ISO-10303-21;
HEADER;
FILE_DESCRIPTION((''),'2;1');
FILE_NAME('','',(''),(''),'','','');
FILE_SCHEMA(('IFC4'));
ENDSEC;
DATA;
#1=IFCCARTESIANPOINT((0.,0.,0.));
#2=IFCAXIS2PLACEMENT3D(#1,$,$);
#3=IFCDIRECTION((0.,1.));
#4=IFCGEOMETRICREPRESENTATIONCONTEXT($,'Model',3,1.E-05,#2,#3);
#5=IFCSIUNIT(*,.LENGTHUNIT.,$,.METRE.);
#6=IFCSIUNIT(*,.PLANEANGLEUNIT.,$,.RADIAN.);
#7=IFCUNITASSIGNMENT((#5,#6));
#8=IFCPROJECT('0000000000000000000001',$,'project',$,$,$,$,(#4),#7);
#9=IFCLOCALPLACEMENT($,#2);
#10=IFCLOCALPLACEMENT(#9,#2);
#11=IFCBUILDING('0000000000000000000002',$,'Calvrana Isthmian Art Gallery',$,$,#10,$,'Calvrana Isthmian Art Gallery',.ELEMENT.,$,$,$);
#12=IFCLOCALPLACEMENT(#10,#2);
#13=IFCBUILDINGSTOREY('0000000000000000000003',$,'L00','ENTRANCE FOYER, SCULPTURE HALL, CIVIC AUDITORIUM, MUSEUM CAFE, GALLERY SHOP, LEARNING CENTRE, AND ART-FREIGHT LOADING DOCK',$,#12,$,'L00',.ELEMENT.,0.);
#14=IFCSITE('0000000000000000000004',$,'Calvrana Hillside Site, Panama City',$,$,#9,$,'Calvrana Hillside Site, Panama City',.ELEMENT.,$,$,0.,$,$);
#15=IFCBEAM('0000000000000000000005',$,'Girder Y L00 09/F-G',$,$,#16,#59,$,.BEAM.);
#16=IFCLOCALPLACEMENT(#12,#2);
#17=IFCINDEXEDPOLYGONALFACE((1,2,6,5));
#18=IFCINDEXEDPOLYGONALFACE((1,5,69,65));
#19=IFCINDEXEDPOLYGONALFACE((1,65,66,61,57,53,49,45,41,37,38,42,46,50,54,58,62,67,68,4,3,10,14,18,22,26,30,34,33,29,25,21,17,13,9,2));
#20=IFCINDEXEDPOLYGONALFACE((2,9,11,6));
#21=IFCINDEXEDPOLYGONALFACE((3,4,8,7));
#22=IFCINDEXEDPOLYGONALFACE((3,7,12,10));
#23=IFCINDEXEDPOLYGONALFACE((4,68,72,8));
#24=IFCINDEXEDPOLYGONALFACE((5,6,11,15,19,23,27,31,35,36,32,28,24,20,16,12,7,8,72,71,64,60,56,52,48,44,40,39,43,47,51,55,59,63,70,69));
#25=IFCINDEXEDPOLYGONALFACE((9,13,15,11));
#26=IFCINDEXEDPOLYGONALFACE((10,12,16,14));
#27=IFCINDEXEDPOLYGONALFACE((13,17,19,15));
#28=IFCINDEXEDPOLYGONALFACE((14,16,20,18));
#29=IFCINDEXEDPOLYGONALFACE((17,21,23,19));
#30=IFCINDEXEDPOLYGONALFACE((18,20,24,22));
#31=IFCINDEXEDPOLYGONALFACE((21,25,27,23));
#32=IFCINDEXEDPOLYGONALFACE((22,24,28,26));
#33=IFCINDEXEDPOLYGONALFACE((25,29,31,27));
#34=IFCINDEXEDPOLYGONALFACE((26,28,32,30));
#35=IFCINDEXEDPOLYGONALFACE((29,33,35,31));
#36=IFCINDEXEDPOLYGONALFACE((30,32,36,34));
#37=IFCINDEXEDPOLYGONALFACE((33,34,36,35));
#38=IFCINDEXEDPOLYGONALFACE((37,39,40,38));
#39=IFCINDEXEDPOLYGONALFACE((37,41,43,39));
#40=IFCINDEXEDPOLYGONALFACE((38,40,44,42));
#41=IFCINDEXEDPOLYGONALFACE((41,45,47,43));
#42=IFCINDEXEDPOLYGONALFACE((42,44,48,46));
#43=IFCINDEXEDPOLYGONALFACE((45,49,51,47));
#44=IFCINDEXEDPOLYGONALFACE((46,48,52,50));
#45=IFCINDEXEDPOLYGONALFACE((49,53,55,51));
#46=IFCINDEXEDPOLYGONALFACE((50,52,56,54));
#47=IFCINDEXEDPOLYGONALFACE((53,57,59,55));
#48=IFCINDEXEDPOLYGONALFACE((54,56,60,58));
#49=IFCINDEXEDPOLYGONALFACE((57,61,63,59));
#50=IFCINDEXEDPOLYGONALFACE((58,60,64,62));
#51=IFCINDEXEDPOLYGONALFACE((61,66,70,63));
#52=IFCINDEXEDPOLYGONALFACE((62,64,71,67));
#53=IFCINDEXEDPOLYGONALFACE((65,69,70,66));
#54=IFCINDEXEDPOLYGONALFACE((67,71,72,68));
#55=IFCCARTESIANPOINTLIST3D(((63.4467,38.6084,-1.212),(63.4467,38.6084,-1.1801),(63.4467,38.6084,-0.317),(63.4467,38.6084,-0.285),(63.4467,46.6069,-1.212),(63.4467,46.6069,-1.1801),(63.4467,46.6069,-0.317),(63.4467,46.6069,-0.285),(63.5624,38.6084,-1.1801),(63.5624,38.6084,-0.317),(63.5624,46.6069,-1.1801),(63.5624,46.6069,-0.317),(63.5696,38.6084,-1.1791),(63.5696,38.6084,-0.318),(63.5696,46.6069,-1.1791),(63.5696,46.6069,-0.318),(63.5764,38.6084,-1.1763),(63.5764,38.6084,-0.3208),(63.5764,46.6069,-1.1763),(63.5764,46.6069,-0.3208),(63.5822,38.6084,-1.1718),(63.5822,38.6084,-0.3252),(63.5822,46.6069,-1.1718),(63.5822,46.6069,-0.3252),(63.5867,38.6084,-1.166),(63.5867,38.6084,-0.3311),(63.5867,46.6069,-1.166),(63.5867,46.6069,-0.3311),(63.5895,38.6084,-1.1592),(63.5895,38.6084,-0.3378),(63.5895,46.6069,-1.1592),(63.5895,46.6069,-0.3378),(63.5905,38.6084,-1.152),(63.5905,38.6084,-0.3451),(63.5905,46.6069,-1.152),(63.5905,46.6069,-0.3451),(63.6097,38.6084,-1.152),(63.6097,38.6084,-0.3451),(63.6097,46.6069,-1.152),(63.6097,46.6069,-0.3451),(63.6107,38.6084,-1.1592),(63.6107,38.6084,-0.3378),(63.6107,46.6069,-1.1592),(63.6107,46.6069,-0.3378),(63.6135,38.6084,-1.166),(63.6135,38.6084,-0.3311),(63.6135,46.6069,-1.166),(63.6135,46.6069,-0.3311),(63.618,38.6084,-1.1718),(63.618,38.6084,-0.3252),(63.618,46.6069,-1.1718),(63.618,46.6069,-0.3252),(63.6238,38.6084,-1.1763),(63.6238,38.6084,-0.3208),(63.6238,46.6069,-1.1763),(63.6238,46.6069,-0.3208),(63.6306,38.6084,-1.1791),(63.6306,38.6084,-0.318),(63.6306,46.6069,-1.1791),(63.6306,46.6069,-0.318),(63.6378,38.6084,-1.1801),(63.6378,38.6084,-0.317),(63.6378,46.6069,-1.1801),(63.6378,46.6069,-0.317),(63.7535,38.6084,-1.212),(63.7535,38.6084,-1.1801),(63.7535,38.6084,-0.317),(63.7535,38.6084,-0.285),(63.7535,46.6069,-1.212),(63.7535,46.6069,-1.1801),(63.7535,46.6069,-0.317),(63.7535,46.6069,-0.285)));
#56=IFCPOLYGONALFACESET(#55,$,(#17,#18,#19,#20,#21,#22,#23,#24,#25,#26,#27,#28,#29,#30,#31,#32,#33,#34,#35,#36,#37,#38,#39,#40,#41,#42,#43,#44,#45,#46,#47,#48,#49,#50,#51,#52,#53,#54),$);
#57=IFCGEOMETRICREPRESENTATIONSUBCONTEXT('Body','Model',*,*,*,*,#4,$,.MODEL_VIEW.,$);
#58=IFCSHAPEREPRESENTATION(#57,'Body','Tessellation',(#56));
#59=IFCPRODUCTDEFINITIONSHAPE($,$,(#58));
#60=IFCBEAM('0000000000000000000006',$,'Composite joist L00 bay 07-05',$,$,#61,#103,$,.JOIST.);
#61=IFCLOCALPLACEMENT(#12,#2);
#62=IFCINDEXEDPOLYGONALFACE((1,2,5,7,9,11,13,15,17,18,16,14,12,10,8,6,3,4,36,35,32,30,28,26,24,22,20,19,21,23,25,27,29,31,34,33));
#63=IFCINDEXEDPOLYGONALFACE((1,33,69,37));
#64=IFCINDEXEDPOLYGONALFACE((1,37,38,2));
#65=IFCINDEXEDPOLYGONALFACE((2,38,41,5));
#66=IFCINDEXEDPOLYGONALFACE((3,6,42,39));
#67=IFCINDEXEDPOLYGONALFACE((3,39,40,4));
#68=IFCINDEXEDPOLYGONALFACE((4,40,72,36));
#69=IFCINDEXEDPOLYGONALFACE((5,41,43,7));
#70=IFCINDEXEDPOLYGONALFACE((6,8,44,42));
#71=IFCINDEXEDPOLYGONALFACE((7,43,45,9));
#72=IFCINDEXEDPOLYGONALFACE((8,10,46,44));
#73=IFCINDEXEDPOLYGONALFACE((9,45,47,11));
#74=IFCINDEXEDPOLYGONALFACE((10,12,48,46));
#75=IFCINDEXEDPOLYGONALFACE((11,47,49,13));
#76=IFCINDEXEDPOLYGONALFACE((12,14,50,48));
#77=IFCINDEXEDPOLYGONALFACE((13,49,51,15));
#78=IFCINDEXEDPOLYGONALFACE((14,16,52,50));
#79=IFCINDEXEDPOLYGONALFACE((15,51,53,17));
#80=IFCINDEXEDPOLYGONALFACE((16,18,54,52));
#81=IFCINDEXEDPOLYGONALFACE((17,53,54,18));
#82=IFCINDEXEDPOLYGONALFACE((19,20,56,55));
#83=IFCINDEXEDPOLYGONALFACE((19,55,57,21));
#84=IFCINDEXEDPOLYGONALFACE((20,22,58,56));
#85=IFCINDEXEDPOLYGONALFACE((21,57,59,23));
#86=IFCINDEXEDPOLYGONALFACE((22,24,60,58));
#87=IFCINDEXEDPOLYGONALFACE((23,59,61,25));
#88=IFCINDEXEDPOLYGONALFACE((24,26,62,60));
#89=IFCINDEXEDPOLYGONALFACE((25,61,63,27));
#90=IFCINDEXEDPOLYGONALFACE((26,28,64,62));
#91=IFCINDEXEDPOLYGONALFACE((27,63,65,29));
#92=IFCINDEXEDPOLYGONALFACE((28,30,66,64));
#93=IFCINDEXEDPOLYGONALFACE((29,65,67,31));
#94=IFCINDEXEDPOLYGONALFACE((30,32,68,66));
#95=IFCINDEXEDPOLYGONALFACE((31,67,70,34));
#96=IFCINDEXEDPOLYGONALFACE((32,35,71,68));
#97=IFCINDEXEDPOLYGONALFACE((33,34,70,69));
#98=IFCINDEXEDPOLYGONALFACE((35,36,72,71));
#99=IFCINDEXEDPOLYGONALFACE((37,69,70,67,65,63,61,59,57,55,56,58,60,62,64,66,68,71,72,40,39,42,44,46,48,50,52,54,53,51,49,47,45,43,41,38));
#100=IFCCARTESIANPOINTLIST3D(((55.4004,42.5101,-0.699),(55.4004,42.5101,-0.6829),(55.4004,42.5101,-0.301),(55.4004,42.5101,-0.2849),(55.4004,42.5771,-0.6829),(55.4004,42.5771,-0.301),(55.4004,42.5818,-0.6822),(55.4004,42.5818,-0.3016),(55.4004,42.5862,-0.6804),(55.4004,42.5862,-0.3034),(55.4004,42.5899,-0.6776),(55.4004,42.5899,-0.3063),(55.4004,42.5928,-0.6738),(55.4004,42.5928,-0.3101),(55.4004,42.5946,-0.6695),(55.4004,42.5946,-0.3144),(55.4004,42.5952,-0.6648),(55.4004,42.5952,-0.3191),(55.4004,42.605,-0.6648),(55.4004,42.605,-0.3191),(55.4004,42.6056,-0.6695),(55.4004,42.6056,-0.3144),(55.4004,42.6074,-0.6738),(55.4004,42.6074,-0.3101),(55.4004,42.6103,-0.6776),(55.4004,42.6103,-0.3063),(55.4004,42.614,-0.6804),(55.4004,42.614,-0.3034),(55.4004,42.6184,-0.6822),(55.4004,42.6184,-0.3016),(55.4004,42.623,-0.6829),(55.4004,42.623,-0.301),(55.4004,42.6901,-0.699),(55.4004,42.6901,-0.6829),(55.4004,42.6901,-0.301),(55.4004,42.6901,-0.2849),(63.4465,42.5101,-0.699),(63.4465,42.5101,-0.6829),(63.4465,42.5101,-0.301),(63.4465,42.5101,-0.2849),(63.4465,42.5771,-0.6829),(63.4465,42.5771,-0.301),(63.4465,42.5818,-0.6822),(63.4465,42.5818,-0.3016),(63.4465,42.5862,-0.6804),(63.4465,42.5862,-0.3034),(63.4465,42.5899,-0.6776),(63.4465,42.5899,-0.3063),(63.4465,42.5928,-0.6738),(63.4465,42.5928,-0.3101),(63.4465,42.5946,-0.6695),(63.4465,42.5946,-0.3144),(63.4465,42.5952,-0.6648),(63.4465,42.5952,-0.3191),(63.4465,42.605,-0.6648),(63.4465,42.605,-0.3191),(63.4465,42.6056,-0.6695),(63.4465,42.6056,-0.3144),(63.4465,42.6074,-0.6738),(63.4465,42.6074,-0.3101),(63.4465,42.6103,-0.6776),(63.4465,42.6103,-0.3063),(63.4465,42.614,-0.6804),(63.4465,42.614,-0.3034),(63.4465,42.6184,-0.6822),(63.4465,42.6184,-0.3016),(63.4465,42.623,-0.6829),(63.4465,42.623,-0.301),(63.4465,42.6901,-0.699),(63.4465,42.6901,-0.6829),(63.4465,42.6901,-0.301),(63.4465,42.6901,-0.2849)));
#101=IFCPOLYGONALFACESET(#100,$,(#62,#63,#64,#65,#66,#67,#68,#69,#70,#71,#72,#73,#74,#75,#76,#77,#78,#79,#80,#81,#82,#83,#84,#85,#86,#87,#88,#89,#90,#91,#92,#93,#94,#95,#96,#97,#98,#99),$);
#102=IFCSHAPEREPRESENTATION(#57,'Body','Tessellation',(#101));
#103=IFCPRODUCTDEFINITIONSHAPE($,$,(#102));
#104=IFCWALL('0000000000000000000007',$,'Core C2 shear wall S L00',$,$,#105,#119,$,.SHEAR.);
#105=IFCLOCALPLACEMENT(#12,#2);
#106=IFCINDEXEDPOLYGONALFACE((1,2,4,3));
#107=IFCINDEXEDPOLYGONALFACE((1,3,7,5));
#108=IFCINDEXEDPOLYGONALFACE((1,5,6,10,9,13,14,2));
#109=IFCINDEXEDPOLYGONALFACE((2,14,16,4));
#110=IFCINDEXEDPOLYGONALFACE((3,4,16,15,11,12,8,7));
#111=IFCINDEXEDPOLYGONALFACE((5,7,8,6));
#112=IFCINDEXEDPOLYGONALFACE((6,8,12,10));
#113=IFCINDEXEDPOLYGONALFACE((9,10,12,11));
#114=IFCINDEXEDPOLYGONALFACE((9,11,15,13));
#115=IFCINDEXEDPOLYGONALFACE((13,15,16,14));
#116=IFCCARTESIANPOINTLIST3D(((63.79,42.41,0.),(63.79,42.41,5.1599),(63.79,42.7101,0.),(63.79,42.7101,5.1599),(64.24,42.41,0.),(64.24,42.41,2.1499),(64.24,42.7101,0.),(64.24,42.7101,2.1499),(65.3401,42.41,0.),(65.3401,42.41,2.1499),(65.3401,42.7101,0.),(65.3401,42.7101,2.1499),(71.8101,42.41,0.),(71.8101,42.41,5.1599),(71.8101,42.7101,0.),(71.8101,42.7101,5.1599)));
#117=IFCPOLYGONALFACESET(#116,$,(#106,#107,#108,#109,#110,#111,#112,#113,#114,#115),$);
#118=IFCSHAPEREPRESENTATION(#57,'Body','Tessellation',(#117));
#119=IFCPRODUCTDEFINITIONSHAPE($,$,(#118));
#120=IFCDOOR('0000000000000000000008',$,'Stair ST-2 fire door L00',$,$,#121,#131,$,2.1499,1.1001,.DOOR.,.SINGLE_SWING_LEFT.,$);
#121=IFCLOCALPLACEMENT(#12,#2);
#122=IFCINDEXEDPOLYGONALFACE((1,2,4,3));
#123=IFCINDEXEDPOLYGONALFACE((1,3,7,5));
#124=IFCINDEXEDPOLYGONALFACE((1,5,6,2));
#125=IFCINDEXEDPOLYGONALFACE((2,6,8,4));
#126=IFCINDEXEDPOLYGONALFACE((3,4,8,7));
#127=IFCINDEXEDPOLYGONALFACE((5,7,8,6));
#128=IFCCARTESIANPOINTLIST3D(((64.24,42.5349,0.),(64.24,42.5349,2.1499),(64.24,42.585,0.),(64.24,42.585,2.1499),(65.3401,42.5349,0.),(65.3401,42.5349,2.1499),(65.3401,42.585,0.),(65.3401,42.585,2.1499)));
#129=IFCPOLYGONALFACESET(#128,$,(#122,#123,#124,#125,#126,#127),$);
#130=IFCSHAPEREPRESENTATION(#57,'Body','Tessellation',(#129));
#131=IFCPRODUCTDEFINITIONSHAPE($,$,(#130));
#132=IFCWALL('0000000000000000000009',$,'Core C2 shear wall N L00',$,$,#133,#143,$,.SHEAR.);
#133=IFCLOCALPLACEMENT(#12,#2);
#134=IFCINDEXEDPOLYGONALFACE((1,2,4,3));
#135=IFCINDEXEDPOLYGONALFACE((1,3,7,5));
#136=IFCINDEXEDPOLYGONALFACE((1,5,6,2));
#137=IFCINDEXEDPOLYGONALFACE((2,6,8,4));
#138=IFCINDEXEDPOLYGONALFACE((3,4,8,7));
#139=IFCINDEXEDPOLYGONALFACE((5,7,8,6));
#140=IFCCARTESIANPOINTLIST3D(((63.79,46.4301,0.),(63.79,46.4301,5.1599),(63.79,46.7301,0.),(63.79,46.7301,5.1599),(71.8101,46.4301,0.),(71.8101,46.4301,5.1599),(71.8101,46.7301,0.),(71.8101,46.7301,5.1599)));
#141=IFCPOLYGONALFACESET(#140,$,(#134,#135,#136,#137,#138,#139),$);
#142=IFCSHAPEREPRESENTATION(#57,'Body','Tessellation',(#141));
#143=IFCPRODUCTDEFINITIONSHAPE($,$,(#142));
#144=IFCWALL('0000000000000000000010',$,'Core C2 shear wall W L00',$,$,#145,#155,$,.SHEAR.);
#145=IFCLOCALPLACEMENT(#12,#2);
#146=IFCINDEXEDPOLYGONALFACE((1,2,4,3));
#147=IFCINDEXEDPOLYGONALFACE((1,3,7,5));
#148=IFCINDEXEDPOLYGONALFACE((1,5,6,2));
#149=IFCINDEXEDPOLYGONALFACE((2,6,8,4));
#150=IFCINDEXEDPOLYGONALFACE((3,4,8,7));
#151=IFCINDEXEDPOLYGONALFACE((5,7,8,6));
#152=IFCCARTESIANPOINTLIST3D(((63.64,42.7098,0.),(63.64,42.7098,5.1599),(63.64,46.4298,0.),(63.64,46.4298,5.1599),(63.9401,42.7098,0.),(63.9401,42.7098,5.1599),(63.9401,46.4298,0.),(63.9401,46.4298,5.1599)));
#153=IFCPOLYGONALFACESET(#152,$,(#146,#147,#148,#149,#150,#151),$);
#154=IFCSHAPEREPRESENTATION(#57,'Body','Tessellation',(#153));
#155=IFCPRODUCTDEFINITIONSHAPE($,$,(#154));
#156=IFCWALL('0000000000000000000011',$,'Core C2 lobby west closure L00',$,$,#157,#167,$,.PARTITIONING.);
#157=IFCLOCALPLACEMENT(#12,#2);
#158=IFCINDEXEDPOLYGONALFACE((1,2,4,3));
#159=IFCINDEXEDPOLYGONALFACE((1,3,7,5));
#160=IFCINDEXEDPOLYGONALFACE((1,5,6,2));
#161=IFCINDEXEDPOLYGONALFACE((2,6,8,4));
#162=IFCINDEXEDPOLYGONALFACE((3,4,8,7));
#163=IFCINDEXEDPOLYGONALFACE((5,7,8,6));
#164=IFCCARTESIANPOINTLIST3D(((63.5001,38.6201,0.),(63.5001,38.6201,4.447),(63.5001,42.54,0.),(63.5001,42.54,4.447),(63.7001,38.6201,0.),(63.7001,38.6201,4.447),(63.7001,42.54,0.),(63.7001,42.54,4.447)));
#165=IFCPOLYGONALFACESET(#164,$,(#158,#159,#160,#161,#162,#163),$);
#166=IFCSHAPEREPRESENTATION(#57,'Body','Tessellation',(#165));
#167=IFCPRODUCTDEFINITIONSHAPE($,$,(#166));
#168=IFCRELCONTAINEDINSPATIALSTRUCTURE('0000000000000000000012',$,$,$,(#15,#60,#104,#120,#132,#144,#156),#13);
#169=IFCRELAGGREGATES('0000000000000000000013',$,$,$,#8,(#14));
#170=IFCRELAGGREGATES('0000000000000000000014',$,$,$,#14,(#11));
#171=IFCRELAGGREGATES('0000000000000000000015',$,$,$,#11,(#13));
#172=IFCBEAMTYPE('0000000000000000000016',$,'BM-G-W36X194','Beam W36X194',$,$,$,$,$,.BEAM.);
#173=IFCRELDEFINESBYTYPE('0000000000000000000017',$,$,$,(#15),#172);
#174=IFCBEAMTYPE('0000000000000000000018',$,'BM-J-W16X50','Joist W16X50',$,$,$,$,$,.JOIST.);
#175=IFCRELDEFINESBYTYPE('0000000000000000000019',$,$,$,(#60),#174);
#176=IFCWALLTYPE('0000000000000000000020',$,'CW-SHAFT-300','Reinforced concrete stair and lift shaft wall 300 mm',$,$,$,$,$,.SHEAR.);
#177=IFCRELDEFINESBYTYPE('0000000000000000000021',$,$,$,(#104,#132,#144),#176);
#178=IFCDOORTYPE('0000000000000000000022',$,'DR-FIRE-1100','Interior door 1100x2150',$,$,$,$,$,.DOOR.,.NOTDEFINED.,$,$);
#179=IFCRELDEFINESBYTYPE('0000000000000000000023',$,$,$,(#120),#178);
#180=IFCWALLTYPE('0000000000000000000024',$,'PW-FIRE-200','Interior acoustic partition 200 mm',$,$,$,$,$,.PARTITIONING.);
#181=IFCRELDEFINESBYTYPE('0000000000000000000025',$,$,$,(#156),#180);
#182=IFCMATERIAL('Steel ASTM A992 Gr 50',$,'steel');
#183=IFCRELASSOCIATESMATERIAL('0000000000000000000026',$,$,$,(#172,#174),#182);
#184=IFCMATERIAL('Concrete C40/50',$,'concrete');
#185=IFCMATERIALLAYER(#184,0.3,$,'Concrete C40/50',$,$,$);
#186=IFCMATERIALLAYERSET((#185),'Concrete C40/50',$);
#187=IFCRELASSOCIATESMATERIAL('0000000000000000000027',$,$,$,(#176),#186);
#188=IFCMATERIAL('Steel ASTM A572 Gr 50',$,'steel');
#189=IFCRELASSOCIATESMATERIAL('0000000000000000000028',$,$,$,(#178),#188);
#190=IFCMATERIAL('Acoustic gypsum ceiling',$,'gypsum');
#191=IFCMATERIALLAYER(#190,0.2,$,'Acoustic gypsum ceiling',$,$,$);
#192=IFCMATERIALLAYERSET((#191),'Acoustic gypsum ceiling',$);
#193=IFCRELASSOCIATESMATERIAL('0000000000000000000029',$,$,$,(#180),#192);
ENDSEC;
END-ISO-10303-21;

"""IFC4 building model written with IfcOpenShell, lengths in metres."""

from ifc_helpers import new_model, si_unit, direction, frame, frame_2d, origin, origin_2d, place, context, subcontext, project, spatial, rectangle, i_section, extrude, material, layer, layer_set, material_profile, profile_set, type_object, element, fill, save


model = new_model("IFC4")

# Units and contexts
model_context = context("Model", 3, precision=1e-05, world=origin(), true_north=direction((0.0, 1.0)))
body_context = subcontext(model_context, "Body", "Model", "MODEL_VIEW")
ifc_project = project(units=[si_unit("LENGTHUNIT", "METRE"), si_unit("PLANEANGLEUNIT", "RADIAN")], contexts=[model_context])

# Site, building, storey
site_placement = place(None, origin())
site = spatial("IfcSite", under=ifc_project, at=site_placement, Name="Calvrana Hillside Site, Panama City", LongName="Calvrana Hillside Site, Panama City", CompositionType="ELEMENT", RefElevation=0.0)
building_placement = place(site_placement, origin())
building = spatial("IfcBuilding", under=site, at=building_placement, Name="Calvrana Isthmian Art Gallery", LongName="Calvrana Isthmian Art Gallery", CompositionType="ELEMENT")
storey_placement = place(building_placement, origin())
storey = spatial("IfcBuildingStorey", under=building, at=storey_placement, Name="L00", Description="ENTRANCE FOYER, SCULPTURE HALL, CIVIC AUDITORIUM, MUSEUM CAFE, GALLERY SHOP, LEARNING CENTRE, AND ART-FREIGHT LOADING DOCK", LongName="L00", CompositionType="ELEMENT", Elevation=0.0)

# Shared definitions
ifc_material_1 = material(Name="Steel ASTM A992 Gr 50", Category="steel")

# Beams
ifc_material_profile_1 = material_profile(ifc_material_1, i_section(OverallWidth=0.3069, OverallDepth=0.927, WebThickness=0.0193, FlangeThickness=0.032, FilletRadius=0.0281, at=origin_2d()), Name="W36X194")
ifc_profile_set_1 = profile_set([ifc_material_profile_1], Name="Steel ASTM A992 Gr 50")
beam_type_1 = type_object("IfcBeamType", Name="BM-G-W36X194", Description="Beam W36X194", PredefinedType="BEAM", material=ifc_profile_set_1)
beam_1_placement = place(storey_placement, frame((63.6001, 38.6084, -0.7485), z_axis=(0.0, 1.0, 0.0), x_axis=(-1.0, 0.0, 0.0)))
element("IfcBeam", 1, at=beam_1_placement, inside=storey, type_object=beam_type_1, Name="Girder Y L00 09/F-G", PredefinedType="BEAM", context=body_context, shape_type="SweptSolid", body=[
    extrude(i_section(OverallWidth=0.3069, OverallDepth=0.927, WebThickness=0.0193, FlangeThickness=0.032, FilletRadius=0.0281, at=origin_2d()), origin(), (0.0, 0.0, 1.0), 7.9985),
])
ifc_material_profile_2 = material_profile(ifc_material_1, i_section(OverallWidth=0.1799, OverallDepth=0.4141, WebThickness=0.0098, FlangeThickness=0.0161, FilletRadius=0.0181, at=origin_2d()), Name="W16X50")
ifc_profile_set_2 = profile_set([ifc_material_profile_2], Name="Steel ASTM A992 Gr 50")
beam_type_2 = type_object("IfcBeamType", Name="BM-J-W16X50", Description="Joist W16X50", PredefinedType="JOIST", material=ifc_profile_set_2)
beam_2_placement = place(storey_placement, frame((55.4004, 42.6001, -0.4919), z_axis=(1.0, 0.0, 0.0), x_axis=(0.0, 1.0, 0.0)))
element("IfcBeam", 2, at=beam_2_placement, inside=storey, type_object=beam_type_2, Name="Composite joist L00 bay 07-05", PredefinedType="JOIST", context=body_context, shape_type="SweptSolid", body=[
    extrude(i_section(OverallWidth=0.1799, OverallDepth=0.4141, WebThickness=0.0098, FlangeThickness=0.0161, FilletRadius=0.0181, at=origin_2d()), origin(), (0.0, 0.0, 1.0), 8.0461),
])

# Wall, opening, door
ifc_material_2 = material(Name="Concrete C40/50", Category="concrete")
ifc_layer_1 = layer(ifc_material_2, 0.3, Name="Concrete C40/50")
ifc_layer_set_1 = layer_set([ifc_layer_1], Name="Concrete C40/50")
wall_type_1 = type_object("IfcWallType", Name="CW-SHAFT-300", Description="Reinforced concrete stair and lift shaft wall 300 mm", PredefinedType="SHEAR", material=ifc_layer_set_1)
wall_1_placement = place(storey_placement, frame((63.79, 42.5601, 0.0), z_axis=(0.0, 0.0, 1.0), x_axis=(1.0, 0.0, 0.0)))
wall_1 = element("IfcWall", 3, at=wall_1_placement, inside=storey, type_object=wall_type_1, Name="Core C2 shear wall S L00", PredefinedType="SHEAR", context=body_context, shape_type="SweptSolid", body=[
    extrude(rectangle(XDim=8.02, YDim=0.3, at=frame_2d((4.01, 0.0))), origin(), (0.0, 0.0, 1.0), 5.1599),
])
opening_1_placement = place(wall_1_placement, frame((0.45, 0.0, 0.0)))
opening_1 = element("IfcOpeningElement", 4, at=opening_1_placement, cuts=wall_1, PredefinedType="OPENING", context=body_context, shape_type="SweptSolid", body=[
    extrude(rectangle(XDim=1.1001, YDim=2.1499, at=frame_2d((0.55, 1.075))), frame((0.0, 0.1602, 0.0), z_axis=(0.0, -1.0, 0.0), x_axis=(1.0, 0.0, 0.0)), (0.0, 0.0, 1.0), 0.3206),
])
ifc_material_3 = material(Name="Steel ASTM A572 Gr 50", Category="steel")
door_type_1 = type_object("IfcDoorType", Name="DR-FIRE-1100", Description="Interior door 1100x2150", OperationType="NOTDEFINED", PredefinedType="DOOR", material=ifc_material_3)
door_1_placement = place(opening_1_placement, origin())
door_1 = element("IfcDoor", 5, at=door_1_placement, inside=storey, type_object=door_type_1, Name="Stair ST-2 fire door L00", OperationType="SINGLE_SWING_LEFT", OverallHeight=2.1499, OverallWidth=1.1001, PredefinedType="DOOR", context=body_context, shape_type="SweptSolid", body=[
    extrude(rectangle(XDim=1.1001, YDim=2.1499, at=frame_2d((0.55, 1.075))), frame((0.0, 0.0249, 0.0), z_axis=(0.0, -1.0, 0.0), x_axis=(1.0, 0.0, 0.0)), (0.0, 0.0, 1.0), 0.05),
])
fill(opening_1, door_1)

# Walls
wall_2_placement = place(storey_placement, frame((63.79, 46.5801, 0.0), z_axis=(0.0, 0.0, 1.0), x_axis=(1.0, 0.0, 0.0)))
element("IfcWall", 6, at=wall_2_placement, inside=storey, type_object=wall_type_1, Name="Core C2 shear wall N L00", PredefinedType="SHEAR", context=body_context, shape_type="SweptSolid", body=[
    extrude(rectangle(XDim=8.02, YDim=0.3, at=frame_2d((4.01, 0.0))), origin(), (0.0, 0.0, 1.0), 5.1599),
])
wall_3_placement = place(storey_placement, frame((63.79, 42.71, 0.0), z_axis=(0.0, 0.0, 1.0), x_axis=(0.0, 1.0, 0.0)))
element("IfcWall", 7, at=wall_3_placement, inside=storey, type_object=wall_type_1, Name="Core C2 shear wall W L00", PredefinedType="SHEAR", context=body_context, shape_type="SweptSolid", body=[
    extrude(rectangle(XDim=3.72, YDim=0.3, at=frame_2d((1.8599, 0.0))), origin(), (0.0, 0.0, 1.0), 5.1599),
])
ifc_material_4 = material(Name="Acoustic gypsum ceiling", Category="gypsum")
ifc_layer_2 = layer(ifc_material_4, 0.2, Name="Acoustic gypsum ceiling")
ifc_layer_set_2 = layer_set([ifc_layer_2], Name="Acoustic gypsum ceiling")
wall_type_2 = type_object("IfcWallType", Name="PW-FIRE-200", Description="Interior acoustic partition 200 mm", PredefinedType="PARTITIONING", material=ifc_layer_set_2)
wall_4_placement = place(storey_placement, frame((63.6001, 38.6201, 0.0), z_axis=(0.0, 0.0, 1.0), x_axis=(0.0, 1.0, 0.0)))
element("IfcWall", 8, at=wall_4_placement, inside=storey, type_object=wall_type_2, Name="Core C2 lobby west closure L00", PredefinedType="PARTITIONING", context=body_context, shape_type="SweptSolid", body=[
    extrude(rectangle(XDim=3.9199, YDim=0.2, at=frame_2d((1.96, 0.0))), origin(), (0.0, 0.0, 1.0), 4.447),
])

save(model, "model.ifc")
